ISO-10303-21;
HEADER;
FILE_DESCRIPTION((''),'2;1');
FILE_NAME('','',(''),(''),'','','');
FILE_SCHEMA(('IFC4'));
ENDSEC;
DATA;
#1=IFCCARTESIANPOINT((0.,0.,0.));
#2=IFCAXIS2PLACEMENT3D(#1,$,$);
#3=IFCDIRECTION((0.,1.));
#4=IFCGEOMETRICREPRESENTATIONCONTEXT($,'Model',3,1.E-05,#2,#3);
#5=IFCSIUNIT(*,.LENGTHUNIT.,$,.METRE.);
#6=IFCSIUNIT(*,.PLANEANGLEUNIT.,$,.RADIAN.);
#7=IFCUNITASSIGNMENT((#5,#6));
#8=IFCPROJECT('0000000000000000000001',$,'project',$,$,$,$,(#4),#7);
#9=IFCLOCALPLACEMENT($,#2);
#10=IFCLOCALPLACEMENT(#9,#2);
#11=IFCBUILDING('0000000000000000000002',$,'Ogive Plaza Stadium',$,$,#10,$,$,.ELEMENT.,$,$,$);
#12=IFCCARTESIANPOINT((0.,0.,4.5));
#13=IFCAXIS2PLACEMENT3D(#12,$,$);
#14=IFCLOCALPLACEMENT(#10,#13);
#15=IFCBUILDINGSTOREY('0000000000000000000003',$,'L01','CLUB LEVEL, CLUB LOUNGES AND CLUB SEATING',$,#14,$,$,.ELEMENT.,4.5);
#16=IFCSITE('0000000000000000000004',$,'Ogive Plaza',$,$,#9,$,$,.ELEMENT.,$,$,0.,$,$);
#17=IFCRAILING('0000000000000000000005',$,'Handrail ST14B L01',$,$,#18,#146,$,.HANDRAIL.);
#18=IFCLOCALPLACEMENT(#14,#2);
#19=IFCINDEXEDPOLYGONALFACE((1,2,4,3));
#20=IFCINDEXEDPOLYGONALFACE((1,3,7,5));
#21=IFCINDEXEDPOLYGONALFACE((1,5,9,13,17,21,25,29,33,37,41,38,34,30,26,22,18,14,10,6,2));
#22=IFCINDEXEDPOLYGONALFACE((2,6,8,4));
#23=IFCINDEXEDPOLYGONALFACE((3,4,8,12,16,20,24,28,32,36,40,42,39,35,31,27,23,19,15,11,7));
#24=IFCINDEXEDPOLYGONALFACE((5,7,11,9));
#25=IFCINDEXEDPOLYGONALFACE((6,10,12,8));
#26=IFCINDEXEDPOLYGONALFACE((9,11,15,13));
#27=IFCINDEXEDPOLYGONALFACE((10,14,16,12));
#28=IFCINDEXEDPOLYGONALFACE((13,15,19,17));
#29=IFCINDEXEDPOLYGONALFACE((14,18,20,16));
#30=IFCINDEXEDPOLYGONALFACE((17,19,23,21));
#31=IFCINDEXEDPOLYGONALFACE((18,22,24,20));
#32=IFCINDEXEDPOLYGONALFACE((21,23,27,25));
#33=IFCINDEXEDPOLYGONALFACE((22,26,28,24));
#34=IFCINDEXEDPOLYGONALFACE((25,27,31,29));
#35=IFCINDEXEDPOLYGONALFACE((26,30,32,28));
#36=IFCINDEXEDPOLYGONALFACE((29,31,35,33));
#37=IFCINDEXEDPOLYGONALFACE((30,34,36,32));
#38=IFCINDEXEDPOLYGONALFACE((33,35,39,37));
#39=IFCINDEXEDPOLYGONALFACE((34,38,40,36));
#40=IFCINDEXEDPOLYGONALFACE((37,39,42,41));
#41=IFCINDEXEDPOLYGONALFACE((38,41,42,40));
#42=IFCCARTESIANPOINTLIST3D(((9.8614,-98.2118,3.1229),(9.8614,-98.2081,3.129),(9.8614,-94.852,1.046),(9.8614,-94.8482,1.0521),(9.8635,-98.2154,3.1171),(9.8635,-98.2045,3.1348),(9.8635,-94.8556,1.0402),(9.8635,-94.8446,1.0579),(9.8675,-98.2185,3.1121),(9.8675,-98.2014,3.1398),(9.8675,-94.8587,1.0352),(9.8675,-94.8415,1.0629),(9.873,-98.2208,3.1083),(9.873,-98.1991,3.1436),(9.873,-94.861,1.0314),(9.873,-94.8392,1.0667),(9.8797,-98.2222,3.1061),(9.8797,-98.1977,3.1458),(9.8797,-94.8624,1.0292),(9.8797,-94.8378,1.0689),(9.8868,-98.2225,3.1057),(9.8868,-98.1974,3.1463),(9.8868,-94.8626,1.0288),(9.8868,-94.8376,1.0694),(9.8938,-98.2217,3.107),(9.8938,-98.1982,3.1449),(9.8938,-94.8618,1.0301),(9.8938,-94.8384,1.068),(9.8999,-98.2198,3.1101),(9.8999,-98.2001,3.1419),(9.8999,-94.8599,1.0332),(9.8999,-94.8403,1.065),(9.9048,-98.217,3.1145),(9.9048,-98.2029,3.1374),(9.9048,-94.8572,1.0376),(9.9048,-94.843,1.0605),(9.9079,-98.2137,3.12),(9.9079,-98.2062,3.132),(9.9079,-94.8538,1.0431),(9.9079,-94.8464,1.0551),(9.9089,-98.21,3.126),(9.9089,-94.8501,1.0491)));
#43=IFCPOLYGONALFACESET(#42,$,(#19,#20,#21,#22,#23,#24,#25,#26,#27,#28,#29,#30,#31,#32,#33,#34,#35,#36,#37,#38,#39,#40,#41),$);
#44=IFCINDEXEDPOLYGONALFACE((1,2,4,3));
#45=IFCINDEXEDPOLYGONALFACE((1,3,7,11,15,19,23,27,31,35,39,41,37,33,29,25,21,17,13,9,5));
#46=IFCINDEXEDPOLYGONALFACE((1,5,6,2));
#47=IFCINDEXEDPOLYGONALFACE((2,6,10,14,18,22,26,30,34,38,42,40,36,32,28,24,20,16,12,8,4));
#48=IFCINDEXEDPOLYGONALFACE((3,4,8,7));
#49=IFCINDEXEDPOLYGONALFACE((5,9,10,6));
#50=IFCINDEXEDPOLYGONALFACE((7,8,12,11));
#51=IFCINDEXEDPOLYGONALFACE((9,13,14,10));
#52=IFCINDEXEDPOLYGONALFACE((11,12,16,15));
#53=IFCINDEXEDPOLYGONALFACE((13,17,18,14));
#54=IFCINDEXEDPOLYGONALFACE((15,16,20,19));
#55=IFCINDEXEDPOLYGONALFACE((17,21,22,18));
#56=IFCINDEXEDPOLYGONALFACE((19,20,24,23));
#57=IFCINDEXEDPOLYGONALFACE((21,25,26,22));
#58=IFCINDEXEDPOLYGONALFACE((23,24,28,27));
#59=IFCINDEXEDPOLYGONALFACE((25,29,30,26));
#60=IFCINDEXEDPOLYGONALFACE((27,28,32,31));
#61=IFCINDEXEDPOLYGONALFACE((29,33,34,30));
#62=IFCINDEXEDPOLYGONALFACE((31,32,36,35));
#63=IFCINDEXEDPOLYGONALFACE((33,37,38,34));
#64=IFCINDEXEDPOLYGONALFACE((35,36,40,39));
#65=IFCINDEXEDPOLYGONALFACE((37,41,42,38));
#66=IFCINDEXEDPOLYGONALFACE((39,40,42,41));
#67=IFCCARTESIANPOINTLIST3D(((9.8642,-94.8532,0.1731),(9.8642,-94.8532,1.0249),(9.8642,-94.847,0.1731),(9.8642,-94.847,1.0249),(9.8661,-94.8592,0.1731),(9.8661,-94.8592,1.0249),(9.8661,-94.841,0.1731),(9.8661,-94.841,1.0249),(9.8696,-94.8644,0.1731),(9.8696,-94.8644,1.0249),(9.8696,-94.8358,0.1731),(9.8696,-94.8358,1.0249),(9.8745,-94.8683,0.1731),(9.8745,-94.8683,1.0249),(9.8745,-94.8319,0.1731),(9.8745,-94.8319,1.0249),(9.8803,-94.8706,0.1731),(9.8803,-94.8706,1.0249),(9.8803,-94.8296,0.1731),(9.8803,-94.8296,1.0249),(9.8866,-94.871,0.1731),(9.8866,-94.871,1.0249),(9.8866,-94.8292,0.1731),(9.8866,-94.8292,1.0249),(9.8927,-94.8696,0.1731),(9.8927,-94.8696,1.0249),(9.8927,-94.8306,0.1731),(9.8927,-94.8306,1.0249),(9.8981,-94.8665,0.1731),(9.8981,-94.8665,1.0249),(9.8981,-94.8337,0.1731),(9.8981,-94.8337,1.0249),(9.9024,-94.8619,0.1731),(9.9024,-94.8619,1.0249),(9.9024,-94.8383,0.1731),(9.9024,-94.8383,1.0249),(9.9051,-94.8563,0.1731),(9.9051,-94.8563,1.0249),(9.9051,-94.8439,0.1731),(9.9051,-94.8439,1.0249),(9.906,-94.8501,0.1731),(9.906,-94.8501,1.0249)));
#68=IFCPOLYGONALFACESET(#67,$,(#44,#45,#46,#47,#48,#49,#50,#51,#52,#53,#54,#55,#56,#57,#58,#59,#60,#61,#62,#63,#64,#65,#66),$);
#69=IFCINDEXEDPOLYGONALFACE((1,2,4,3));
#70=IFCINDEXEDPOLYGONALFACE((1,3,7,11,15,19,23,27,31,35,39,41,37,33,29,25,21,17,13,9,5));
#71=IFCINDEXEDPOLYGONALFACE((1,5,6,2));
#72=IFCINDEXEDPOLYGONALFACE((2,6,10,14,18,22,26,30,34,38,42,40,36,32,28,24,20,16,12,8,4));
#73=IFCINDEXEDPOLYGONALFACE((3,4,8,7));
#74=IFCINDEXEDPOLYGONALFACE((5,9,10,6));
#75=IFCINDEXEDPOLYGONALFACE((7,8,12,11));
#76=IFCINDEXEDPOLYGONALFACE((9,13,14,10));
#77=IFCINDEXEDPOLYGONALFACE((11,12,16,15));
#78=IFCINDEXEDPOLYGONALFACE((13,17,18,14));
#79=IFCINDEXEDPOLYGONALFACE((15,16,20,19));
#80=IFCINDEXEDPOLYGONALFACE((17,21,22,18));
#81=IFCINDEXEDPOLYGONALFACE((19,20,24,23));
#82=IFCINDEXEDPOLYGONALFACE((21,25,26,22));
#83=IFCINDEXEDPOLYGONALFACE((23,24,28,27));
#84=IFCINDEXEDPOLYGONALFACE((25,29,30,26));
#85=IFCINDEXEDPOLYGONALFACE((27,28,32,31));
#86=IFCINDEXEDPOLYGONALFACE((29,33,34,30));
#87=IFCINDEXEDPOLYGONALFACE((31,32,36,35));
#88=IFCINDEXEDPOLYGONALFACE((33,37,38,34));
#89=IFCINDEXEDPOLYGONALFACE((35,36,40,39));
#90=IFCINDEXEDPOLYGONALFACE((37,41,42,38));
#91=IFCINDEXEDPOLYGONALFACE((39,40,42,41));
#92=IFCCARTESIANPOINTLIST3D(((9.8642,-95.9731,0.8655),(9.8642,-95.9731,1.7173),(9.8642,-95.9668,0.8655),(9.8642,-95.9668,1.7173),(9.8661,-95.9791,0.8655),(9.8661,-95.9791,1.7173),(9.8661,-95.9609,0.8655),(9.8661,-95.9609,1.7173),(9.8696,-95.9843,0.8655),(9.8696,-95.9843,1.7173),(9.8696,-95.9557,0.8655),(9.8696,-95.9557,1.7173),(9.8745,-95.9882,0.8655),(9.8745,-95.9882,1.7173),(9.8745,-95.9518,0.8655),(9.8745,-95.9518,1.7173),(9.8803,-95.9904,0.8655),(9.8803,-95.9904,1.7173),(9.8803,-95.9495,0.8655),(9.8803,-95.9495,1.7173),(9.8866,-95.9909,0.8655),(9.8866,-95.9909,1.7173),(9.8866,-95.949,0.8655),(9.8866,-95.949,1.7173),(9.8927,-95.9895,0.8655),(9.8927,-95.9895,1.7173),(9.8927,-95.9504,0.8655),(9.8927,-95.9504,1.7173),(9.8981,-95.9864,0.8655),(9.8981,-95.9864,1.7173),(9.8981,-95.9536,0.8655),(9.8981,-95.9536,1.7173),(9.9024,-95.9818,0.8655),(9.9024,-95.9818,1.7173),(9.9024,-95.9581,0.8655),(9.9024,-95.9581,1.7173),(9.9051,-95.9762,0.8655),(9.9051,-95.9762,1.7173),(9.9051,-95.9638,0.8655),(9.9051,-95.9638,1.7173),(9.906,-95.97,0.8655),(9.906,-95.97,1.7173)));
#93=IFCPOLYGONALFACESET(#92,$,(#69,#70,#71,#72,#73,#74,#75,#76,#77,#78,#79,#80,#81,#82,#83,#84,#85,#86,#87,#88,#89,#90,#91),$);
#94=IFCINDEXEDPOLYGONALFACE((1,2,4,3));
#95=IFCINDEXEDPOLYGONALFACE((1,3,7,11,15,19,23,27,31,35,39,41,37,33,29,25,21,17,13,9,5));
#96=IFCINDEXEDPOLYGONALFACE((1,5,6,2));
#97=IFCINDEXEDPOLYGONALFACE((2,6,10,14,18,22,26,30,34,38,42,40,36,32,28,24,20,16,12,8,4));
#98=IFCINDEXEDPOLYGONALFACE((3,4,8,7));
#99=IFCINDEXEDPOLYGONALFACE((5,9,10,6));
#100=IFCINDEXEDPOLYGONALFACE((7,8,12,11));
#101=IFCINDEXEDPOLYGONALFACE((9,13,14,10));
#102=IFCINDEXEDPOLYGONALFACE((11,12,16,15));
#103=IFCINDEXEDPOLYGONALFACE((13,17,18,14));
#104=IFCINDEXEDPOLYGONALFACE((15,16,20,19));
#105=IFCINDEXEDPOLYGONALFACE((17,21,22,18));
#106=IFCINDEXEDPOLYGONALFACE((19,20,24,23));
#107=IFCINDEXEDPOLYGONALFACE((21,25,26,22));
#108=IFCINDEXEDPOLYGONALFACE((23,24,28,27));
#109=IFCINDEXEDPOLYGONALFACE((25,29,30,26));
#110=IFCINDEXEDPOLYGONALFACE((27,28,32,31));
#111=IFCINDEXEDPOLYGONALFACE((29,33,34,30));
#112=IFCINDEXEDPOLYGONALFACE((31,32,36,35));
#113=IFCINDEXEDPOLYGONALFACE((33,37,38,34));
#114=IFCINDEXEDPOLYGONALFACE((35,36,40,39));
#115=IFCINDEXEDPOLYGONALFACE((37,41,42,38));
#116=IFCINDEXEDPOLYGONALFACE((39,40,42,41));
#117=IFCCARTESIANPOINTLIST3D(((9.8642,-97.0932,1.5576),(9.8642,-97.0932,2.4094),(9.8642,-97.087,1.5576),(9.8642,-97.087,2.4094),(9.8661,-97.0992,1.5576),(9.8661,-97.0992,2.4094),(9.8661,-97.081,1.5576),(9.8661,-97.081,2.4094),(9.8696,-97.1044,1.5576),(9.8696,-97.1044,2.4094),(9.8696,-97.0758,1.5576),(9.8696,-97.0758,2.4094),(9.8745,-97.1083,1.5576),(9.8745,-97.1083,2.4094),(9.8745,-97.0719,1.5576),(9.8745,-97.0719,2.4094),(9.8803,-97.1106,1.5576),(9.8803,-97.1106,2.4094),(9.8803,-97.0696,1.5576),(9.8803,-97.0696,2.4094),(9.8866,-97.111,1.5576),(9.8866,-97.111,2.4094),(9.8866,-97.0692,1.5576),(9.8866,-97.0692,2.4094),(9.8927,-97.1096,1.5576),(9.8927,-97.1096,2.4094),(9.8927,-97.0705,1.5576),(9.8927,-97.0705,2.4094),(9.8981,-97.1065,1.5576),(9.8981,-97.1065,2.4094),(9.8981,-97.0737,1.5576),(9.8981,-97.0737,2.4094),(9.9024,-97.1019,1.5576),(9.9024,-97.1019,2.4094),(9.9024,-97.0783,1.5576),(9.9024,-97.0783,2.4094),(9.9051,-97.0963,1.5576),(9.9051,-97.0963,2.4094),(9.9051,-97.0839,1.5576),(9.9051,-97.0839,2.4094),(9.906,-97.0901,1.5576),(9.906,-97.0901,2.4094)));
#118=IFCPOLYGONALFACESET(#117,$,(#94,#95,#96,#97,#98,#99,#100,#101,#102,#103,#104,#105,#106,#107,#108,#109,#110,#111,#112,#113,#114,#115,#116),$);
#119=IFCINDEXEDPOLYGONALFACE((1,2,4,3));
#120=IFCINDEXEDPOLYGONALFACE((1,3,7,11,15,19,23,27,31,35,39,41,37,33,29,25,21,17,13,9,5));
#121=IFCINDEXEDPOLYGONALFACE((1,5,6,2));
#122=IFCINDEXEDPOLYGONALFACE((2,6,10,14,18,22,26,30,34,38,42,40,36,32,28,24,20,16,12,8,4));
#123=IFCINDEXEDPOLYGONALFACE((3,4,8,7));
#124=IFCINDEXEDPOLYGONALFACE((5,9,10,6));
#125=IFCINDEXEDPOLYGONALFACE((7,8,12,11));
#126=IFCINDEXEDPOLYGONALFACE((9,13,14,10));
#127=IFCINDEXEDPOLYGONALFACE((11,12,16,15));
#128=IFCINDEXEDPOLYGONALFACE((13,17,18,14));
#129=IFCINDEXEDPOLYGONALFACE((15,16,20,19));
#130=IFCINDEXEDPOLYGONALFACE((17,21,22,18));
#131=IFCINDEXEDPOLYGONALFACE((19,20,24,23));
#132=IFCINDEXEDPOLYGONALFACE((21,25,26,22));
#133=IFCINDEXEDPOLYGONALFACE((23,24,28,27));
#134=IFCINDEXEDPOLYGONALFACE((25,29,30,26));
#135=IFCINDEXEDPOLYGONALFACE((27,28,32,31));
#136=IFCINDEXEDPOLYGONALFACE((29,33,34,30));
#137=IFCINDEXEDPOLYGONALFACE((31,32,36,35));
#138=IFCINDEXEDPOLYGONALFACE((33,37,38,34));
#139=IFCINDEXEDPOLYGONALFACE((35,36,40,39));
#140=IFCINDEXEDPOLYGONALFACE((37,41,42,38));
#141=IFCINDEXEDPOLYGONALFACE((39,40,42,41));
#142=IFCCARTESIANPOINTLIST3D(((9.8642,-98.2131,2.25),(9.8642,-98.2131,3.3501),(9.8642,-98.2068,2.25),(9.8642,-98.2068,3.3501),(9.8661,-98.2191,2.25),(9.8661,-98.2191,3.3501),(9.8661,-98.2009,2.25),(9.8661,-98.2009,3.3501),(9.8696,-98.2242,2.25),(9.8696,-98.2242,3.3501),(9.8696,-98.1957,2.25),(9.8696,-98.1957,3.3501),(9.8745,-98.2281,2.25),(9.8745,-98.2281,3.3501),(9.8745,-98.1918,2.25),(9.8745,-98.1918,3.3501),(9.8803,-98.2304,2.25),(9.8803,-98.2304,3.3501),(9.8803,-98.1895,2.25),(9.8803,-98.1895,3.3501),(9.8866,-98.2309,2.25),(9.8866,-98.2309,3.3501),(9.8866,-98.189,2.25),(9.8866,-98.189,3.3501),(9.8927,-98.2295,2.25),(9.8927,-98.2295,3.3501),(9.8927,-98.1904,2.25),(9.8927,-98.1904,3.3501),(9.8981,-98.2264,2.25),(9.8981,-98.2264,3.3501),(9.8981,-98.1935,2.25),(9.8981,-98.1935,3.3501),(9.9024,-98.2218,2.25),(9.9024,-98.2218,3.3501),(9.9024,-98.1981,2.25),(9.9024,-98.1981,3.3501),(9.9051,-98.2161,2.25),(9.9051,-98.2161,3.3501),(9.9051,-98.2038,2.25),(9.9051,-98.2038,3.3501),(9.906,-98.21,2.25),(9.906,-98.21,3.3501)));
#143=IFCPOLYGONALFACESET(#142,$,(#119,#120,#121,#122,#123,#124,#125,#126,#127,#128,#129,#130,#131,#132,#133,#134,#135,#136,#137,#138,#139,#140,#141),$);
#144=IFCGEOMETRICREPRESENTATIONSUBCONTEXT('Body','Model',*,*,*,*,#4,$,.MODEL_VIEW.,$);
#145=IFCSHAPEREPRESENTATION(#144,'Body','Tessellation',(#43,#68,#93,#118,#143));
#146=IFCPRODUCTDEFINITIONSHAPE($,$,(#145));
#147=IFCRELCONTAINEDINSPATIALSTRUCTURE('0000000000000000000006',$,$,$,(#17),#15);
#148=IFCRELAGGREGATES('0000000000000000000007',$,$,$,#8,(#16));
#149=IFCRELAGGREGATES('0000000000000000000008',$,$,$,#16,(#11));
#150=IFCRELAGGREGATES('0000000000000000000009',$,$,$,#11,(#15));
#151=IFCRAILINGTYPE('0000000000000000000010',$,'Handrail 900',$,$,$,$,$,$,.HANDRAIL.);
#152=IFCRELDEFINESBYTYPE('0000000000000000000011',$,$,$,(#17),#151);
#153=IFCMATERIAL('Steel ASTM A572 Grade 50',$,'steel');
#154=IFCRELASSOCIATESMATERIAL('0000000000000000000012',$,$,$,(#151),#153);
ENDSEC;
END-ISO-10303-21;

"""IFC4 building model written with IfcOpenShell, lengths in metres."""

from ifc_helpers import new_model, si_unit, direction, frame, origin, origin_2d, place, context, subcontext, project, spatial, circle, extrude, material, type_object, element, save


model = new_model("IFC4")

# Units and contexts
model_context = context("Model", 3, precision=1e-05, world=origin(), true_north=direction((0.0, 1.0)))
body_context = subcontext(model_context, "Body", "Model", "MODEL_VIEW")
ifc_project = project(units=[si_unit("LENGTHUNIT", "METRE"), si_unit("PLANEANGLEUNIT", "RADIAN")], contexts=[model_context])

# Site, building, storey
site_placement = place(None, origin())
site = spatial("IfcSite", under=ifc_project, at=site_placement, Name="Ogive Plaza", CompositionType="ELEMENT", RefElevation=0.0)
building_placement = place(site_placement, origin())
building = spatial("IfcBuilding", under=site, at=building_placement, Name="Ogive Plaza Stadium", CompositionType="ELEMENT")
storey_placement = place(building_placement, frame((0.0, 0.0, 4.5)))
storey = spatial("IfcBuildingStorey", under=building, at=storey_placement, Name="L01", Description="CLUB LEVEL, CLUB LOUNGES AND CLUB SEATING", CompositionType="ELEMENT", Elevation=4.5)

# Railing
ifc_material_1 = material(Name="Steel ASTM A572 Grade 50", Category="steel")
railing_type_1 = type_object("IfcRailingType", Name="Handrail 900", PredefinedType="HANDRAIL", material=ifc_material_1)
for number, where, name in (
    (1, (9.885, -94.8501, 0.1731), "Handrail ST14B L01"),
):
    element("IfcRailing", number, at=place(storey_placement, frame(where)), inside=storey, type_object=railing_type_1, Name=name, PredefinedType="HANDRAIL", context=body_context, shape_type="SweptSolid", body=[
        extrude(circle(Radius=0.0239, at=origin_2d()), frame((0.0, 0.0, 0.876), z_axis=(0.0, -0.850606, 0.525803), x_axis=(1.0, 0.0, 0.0)), (0.0, 0.0, 1.0), 3.95),
        extrude(circle(Radius=0.021, at=origin_2d()), origin(), (0.0, 0.0, 1.0), 0.8518),
        extrude(circle(Radius=0.021, at=origin_2d()), frame((0.0, -1.1199, 0.6924)), (0.0, 0.0, 1.0), 0.8518),
        extrude(circle(Radius=0.021, at=origin_2d()), frame((0.0, -2.24, 1.3845)), (0.0, 0.0, 1.0), 0.8518),
        extrude(circle(Radius=0.021, at=origin_2d()), frame((0.0, -3.3599, 2.0769)), (0.0, 0.0, 1.0), 1.1001),
    ])

save(model, "model.ifc")
